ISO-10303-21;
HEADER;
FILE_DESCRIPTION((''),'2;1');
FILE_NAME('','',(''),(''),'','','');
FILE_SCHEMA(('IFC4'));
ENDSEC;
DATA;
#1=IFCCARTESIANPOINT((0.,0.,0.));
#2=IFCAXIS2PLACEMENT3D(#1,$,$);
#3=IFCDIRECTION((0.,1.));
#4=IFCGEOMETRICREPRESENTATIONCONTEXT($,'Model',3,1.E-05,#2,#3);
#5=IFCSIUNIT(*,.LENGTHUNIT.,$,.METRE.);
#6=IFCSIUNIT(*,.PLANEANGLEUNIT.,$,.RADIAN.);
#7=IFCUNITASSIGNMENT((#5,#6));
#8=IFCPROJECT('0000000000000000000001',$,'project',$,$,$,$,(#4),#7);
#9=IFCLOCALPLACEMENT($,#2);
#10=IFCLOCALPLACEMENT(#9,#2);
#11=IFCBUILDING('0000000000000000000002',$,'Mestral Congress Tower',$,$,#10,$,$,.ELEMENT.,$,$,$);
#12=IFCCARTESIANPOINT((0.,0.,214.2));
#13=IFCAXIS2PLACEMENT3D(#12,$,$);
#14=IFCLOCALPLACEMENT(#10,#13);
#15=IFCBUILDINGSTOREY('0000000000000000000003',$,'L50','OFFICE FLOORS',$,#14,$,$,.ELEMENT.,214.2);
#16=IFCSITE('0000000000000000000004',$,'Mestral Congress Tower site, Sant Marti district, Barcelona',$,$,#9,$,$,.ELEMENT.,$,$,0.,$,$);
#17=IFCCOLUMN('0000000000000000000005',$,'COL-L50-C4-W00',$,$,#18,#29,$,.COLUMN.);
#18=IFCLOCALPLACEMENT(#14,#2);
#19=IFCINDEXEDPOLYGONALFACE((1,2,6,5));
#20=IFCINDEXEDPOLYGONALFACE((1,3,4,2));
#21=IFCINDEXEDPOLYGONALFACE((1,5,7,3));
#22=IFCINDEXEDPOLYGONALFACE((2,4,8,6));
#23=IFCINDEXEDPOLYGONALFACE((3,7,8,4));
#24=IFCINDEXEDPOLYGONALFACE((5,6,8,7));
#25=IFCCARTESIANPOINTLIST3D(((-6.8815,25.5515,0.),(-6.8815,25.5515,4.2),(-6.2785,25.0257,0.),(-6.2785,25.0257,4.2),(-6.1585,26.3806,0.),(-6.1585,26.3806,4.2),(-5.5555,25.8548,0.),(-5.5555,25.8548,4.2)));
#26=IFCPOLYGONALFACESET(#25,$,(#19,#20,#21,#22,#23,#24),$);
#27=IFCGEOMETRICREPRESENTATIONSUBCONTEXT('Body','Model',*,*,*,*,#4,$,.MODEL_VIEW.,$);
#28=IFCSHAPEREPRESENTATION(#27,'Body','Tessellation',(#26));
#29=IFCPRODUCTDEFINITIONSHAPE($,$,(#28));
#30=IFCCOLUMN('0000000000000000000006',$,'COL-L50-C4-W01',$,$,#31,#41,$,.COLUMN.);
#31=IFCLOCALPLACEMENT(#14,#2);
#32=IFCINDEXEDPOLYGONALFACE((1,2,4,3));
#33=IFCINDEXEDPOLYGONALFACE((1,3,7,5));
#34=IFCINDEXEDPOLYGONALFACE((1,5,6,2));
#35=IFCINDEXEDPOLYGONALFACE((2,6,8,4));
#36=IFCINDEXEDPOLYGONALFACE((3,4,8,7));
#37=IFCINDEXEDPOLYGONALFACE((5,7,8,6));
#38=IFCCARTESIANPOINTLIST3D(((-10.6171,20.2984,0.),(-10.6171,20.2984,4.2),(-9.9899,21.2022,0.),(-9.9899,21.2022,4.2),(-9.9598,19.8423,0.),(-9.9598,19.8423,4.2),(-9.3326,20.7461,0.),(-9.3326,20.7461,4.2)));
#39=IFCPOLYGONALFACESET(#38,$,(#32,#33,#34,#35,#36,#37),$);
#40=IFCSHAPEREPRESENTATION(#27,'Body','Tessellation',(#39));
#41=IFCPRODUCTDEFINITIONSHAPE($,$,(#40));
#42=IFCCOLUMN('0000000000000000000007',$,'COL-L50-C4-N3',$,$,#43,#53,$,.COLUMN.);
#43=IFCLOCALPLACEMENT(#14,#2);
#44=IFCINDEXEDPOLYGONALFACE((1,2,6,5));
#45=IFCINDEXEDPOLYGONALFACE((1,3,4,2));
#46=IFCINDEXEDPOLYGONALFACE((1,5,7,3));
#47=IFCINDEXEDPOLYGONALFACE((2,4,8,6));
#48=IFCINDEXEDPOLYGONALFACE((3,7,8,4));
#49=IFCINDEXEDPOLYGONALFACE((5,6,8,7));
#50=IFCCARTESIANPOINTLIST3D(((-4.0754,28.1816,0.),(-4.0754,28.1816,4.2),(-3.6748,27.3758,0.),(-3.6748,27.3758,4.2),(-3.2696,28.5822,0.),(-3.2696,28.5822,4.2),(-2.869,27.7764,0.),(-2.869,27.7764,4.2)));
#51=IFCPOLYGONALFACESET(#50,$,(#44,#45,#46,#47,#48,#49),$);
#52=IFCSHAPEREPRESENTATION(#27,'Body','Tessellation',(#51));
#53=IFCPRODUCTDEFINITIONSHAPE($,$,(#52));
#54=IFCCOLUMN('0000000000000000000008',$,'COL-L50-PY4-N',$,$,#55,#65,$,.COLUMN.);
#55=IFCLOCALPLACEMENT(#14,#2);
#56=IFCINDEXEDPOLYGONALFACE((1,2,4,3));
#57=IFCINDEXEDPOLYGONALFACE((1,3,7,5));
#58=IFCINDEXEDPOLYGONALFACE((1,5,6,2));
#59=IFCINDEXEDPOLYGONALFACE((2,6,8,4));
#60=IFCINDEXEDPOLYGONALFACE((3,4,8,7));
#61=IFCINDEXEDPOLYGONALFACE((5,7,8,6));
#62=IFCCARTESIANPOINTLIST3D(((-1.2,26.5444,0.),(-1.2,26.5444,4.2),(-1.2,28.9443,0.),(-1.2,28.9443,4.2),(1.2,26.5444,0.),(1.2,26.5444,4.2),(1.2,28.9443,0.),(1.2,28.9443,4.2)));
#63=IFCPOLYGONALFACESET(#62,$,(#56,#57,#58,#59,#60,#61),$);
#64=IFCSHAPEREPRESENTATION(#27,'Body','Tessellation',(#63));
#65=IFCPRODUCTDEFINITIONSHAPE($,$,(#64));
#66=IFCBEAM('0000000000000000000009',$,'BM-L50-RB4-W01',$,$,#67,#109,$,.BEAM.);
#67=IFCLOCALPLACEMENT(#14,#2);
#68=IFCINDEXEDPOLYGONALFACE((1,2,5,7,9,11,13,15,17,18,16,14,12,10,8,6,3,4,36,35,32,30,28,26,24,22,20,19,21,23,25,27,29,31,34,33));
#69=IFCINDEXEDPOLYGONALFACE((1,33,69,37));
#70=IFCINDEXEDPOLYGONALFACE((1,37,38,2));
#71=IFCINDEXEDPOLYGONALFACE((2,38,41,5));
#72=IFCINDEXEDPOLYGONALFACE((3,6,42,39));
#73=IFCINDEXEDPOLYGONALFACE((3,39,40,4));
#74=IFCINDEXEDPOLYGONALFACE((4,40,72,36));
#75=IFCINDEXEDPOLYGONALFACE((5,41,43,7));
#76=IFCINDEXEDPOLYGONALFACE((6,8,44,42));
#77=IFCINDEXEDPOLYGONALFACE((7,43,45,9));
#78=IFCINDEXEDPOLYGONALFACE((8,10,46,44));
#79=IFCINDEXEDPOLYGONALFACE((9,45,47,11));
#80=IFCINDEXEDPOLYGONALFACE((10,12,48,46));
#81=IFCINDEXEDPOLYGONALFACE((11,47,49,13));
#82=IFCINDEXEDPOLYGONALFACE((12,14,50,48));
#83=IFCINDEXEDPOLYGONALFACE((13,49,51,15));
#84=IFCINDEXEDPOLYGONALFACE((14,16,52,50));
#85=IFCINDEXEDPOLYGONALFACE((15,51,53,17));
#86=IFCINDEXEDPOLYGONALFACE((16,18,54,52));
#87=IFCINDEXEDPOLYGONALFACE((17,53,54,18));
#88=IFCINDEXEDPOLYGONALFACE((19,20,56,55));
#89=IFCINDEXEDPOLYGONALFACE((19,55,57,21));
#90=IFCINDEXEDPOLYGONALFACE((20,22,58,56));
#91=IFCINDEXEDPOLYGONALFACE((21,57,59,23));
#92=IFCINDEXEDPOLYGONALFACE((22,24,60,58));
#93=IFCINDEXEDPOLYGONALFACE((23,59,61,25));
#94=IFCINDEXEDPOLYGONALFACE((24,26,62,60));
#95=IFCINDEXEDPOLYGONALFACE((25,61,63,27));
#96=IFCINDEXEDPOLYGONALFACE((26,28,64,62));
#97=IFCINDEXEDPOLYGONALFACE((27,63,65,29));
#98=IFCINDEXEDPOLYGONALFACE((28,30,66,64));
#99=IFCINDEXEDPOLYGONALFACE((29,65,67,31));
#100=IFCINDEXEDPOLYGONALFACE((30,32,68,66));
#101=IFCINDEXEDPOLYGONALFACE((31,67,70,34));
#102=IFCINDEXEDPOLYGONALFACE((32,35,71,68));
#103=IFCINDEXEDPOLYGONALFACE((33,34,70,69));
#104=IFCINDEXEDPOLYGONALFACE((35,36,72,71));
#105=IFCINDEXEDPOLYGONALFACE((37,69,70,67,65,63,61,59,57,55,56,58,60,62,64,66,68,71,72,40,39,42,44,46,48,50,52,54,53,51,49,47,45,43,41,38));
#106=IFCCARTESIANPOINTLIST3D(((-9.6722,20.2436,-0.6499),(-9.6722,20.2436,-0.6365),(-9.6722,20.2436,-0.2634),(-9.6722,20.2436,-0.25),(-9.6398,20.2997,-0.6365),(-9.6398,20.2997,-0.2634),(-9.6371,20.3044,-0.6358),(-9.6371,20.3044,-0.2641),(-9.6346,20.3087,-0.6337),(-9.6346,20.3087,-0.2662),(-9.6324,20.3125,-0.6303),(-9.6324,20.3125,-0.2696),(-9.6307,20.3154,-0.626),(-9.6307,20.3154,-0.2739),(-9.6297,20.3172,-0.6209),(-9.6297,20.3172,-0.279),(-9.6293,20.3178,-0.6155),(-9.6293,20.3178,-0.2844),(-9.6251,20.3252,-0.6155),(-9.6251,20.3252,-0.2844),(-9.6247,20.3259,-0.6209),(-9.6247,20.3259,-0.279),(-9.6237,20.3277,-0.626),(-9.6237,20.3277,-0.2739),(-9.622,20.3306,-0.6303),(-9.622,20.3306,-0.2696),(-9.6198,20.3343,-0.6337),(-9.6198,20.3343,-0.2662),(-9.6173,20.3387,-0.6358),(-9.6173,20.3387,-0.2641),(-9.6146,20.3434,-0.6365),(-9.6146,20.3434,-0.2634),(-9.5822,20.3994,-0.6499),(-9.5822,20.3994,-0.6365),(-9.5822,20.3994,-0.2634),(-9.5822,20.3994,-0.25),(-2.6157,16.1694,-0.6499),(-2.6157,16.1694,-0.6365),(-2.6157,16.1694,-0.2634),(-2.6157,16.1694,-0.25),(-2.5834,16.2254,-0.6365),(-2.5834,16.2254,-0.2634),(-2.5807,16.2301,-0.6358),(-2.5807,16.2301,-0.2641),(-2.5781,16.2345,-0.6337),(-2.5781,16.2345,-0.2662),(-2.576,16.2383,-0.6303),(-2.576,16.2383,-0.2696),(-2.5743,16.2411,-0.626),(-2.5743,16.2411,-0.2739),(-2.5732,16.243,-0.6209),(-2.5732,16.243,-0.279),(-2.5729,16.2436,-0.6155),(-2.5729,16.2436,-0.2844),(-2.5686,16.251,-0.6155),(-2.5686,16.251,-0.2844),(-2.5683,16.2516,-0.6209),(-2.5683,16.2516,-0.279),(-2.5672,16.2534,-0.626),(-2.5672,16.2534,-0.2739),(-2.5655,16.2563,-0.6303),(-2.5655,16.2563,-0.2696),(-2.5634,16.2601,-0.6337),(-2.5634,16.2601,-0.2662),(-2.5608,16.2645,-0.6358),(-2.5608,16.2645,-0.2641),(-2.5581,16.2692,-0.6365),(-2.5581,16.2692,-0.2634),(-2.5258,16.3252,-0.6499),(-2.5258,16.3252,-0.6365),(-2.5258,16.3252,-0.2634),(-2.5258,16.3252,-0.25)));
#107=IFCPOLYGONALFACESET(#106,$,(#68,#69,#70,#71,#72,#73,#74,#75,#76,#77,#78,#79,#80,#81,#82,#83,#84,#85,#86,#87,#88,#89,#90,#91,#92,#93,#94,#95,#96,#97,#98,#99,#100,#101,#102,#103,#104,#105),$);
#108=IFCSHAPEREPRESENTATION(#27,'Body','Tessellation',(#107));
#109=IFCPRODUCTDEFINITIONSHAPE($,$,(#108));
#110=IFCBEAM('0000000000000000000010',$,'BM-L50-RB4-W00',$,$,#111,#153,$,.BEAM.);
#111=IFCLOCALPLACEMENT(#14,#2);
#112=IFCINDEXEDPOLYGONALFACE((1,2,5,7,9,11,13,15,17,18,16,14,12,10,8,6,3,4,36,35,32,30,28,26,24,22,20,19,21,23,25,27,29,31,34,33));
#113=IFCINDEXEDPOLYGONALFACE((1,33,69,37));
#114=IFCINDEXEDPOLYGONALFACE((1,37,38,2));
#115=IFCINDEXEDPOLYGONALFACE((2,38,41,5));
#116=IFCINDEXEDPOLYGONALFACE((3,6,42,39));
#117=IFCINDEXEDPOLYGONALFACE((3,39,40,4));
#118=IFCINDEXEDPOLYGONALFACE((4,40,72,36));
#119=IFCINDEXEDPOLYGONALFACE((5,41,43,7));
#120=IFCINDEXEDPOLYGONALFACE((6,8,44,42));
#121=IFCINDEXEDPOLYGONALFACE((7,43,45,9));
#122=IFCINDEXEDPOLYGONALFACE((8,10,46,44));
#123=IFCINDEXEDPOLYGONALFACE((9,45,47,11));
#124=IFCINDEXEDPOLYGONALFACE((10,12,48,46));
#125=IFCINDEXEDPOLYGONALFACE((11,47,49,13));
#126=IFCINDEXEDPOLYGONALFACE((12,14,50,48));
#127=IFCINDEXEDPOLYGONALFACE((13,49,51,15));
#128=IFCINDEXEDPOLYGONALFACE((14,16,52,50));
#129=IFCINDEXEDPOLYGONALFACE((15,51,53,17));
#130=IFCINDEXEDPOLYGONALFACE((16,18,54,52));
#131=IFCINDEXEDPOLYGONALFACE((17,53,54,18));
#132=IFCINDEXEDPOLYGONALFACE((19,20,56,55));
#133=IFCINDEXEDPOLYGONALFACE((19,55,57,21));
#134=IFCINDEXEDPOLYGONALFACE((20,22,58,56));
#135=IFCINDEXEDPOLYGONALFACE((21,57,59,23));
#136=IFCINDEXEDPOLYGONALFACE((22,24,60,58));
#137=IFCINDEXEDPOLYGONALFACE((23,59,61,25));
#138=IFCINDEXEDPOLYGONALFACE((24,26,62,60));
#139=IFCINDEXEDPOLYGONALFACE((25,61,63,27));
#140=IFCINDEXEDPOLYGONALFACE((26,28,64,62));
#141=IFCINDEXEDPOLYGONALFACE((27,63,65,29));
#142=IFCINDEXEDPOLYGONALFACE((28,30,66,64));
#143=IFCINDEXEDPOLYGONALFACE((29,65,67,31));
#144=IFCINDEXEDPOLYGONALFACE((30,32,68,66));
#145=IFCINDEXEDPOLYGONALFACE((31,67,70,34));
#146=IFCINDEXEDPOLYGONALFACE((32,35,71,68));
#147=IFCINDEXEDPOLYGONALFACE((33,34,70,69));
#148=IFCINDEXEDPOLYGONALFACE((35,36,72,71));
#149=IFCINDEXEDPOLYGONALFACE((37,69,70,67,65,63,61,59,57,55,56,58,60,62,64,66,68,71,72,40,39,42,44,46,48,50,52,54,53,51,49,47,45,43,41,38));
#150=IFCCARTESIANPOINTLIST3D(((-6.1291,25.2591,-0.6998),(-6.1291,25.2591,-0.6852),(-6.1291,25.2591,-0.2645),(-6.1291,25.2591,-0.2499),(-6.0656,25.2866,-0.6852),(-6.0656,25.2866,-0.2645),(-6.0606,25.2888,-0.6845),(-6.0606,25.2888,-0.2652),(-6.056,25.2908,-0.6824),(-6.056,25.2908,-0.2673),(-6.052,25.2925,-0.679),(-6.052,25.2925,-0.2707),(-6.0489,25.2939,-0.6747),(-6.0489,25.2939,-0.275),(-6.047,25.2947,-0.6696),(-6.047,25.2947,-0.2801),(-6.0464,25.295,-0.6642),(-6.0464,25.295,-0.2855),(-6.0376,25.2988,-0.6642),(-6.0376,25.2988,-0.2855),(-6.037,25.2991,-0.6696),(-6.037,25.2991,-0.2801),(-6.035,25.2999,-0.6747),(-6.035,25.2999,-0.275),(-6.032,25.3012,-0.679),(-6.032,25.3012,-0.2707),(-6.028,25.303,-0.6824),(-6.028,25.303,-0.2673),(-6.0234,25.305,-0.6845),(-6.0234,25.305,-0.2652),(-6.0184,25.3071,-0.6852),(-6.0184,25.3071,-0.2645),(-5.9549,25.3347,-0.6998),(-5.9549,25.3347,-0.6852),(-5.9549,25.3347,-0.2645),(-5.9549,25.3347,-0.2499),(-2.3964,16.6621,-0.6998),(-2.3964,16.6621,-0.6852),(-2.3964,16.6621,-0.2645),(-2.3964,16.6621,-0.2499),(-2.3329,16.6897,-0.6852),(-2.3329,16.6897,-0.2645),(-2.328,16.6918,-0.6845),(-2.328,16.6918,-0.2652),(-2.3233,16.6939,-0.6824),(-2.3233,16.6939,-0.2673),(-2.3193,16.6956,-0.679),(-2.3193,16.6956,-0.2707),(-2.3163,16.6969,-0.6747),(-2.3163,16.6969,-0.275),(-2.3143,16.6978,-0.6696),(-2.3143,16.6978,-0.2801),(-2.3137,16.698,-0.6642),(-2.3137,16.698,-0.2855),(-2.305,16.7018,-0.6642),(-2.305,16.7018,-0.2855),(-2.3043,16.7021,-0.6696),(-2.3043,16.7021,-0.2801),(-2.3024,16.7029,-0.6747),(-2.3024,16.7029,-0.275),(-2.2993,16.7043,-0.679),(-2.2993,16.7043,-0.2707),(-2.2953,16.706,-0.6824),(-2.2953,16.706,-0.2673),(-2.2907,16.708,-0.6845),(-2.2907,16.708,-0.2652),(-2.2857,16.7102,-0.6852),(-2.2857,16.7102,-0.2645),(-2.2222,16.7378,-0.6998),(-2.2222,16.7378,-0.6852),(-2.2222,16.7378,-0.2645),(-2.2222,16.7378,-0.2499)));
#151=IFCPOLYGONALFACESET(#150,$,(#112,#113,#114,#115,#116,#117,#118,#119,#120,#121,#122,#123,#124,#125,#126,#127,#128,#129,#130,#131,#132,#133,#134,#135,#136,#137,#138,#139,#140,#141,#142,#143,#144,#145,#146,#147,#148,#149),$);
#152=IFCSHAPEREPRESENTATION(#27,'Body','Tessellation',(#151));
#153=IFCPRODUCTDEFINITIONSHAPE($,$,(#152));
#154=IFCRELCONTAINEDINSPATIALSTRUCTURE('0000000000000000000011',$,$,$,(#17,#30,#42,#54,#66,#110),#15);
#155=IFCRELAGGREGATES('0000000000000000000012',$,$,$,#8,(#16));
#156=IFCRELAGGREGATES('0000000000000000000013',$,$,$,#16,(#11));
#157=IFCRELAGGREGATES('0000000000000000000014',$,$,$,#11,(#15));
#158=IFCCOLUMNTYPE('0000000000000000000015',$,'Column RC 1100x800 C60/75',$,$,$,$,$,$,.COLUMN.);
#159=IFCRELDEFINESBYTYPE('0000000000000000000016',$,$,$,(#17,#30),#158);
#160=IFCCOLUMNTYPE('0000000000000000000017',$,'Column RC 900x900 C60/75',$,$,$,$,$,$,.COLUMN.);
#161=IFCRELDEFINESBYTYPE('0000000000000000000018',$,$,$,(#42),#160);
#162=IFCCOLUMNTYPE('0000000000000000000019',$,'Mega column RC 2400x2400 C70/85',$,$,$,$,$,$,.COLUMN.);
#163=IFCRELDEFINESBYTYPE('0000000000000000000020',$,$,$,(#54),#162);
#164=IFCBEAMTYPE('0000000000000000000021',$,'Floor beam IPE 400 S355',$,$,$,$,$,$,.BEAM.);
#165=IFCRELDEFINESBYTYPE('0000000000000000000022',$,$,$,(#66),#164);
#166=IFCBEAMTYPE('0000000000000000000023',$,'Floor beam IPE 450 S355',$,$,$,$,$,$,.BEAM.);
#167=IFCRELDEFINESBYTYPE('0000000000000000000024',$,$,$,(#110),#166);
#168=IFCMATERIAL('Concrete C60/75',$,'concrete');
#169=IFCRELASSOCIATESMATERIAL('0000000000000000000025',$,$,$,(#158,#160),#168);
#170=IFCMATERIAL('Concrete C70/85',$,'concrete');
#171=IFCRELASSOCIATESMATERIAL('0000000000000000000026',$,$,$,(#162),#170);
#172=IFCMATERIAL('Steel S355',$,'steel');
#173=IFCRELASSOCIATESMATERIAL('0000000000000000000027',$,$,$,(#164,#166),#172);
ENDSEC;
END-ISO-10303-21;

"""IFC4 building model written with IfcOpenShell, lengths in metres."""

from ifc_helpers import new_model, si_unit, direction, frame, origin, origin_2d, place, context, subcontext, project, spatial, rectangle, i_section, extrude, material, material_profile, profile_set, type_object, element, save


model = new_model("IFC4")

# Units and contexts
model_context = context("Model", 3, precision=1e-05, world=origin(), true_north=direction((0.0, 1.0)))
body_context = subcontext(model_context, "Body", "Model", "MODEL_VIEW")
ifc_project = project(units=[si_unit("LENGTHUNIT", "METRE"), si_unit("PLANEANGLEUNIT", "RADIAN")], contexts=[model_context])

# Site, building, storey
site_placement = place(None, origin())
site = spatial("IfcSite", under=ifc_project, at=site_placement, Name="Mestral Congress Tower site, Sant Marti district, Barcelona", CompositionType="ELEMENT", RefElevation=0.0)
building_placement = place(site_placement, origin())
building = spatial("IfcBuilding", under=site, at=building_placement, Name="Mestral Congress Tower", CompositionType="ELEMENT")
storey_placement = place(building_placement, frame((0.0, 0.0, 214.2)))
storey = spatial("IfcBuildingStorey", under=building, at=storey_placement, Name="L50", Description="OFFICE FLOORS", CompositionType="ELEMENT", Elevation=214.2)

# Columns
ifc_material_1 = material(Name="Concrete C60/75", Category="concrete")
ifc_material_profile_1 = material_profile(ifc_material_1, rectangle(XDim=1.1001, YDim=0.8, at=origin_2d()), Name="RC 1100x800")
ifc_profile_set_1 = profile_set([ifc_material_profile_1], Name="Concrete C60/75")
column_type_1 = type_object("IfcColumnType", Name="Column RC 1100x800 C60/75", PredefinedType="COLUMN", material=ifc_profile_set_1)
for number, where, z_axis, x_axis, name in (
    (1, (-6.2185, 25.7031, 0.0), (0.0, 0.0, 1.0), (-0.65725, -0.753672, 0.0), "COL-L50-C4-W00"),
    (2, (-9.9749, 20.5222, 0.0), (0.0, 0.0, 1.0), (-0.570084, -0.821586, 0.0), "COL-L50-C4-W01"),
):
    element("IfcColumn", number, at=place(storey_placement, frame(where, z_axis=z_axis, x_axis=x_axis)), inside=storey, type_object=column_type_1, Name=name, PredefinedType="COLUMN", context=body_context, shape_type="SweptSolid", body=[
        extrude(rectangle(XDim=1.1001, YDim=0.8, at=origin_2d()), origin(), (0.0, 0.0, 1.0), 4.2),
    ])
ifc_material_profile_2 = material_profile(ifc_material_1, rectangle(XDim=0.8999, YDim=0.8999, at=origin_2d()), Name="RC 900x900")
ifc_profile_set_2 = profile_set([ifc_material_profile_2], Name="Concrete C60/75")
column_type_2 = type_object("IfcColumnType", Name="Column RC 900x900 C60/75", PredefinedType="COLUMN", material=ifc_profile_set_2)
column_1_placement = place(storey_placement, frame((-3.4722, 27.979, 0.0), z_axis=(0.0, 0.0, 1.0), x_axis=(-0.895456, -0.445149, 0.0)))
element("IfcColumn", 3, at=column_1_placement, inside=storey, type_object=column_type_2, Name="COL-L50-C4-N3", PredefinedType="COLUMN", context=body_context, shape_type="SweptSolid", body=[
    extrude(rectangle(XDim=0.8999, YDim=0.8999, at=origin_2d()), origin(), (0.0, 0.0, 1.0), 4.2),
])
ifc_material_2 = material(Name="Concrete C70/85", Category="concrete")
ifc_material_profile_3 = material_profile(ifc_material_2, rectangle(XDim=2.3999, YDim=2.3999, at=origin_2d()), Name="RC 2400x2400")
ifc_profile_set_3 = profile_set([ifc_material_profile_3], Name="Concrete C70/85")
column_type_3 = type_object("IfcColumnType", Name="Mega column RC 2400x2400 C70/85", PredefinedType="COLUMN", material=ifc_profile_set_3)
column_2_placement = place(storey_placement, frame((0.0, 27.7444, 0.0), z_axis=(0.0, 0.0, 1.0), x_axis=(0.0, 1.0, 0.0)))
element("IfcColumn", 4, at=column_2_placement, inside=storey, type_object=column_type_3, Name="COL-L50-PY4-N", PredefinedType="COLUMN", context=body_context, shape_type="SweptSolid", body=[
    extrude(rectangle(XDim=2.3999, YDim=2.3999, at=origin_2d()), origin(), (0.0, 0.0, 1.0), 4.2),
])

# Beams
ifc_material_3 = material(Name="Steel S355", Category="steel")
ifc_material_profile_4 = material_profile(ifc_material_3, i_section(OverallWidth=0.1799, OverallDepth=0.3999, WebThickness=0.0085, FlangeThickness=0.0134, FilletRadius=0.021, at=origin_2d()), Name="IPE 400")
ifc_profile_set_4 = profile_set([ifc_material_profile_4], Name="Steel S355")
beam_type_1 = type_object("IfcBeamType", Name="Floor beam IPE 400 S355", PredefinedType="BEAM", material=ifc_profile_set_4)
beam_1_placement = place(storey_placement, frame((-9.6272, 20.3215, -0.45), z_axis=(0.866014, -0.500019, 0.0), x_axis=(0.500019, 0.866014, 0.0)))
element("IfcBeam", 5, at=beam_1_placement, inside=storey, type_object=beam_type_1, Name="BM-L50-RB4-W01", PredefinedType="BEAM", context=body_context, shape_type="SweptSolid", body=[
    extrude(i_section(OverallWidth=0.1799, OverallDepth=0.3999, WebThickness=0.0085, FlangeThickness=0.0134, FilletRadius=0.021, at=origin_2d()), origin(), (0.0, 0.0, 1.0), 8.1482),
])
ifc_material_profile_5 = material_profile(ifc_material_3, i_section(OverallWidth=0.1899, OverallDepth=0.45, WebThickness=0.0095, FlangeThickness=0.0146, FilletRadius=0.021, at=origin_2d()), Name="IPE 450")
ifc_profile_set_5 = profile_set([ifc_material_profile_5], Name="Steel S355")
beam_type_2 = type_object("IfcBeamType", Name="Floor beam IPE 450 S355", PredefinedType="BEAM", material=ifc_profile_set_5)
beam_2_placement = place(storey_placement, frame((-6.042, 25.2969, -0.4749), z_axis=(0.398266, -0.91727, 0.0), x_axis=(0.91727, 0.398266, 0.0)))
element("IfcBeam", 6, at=beam_2_placement, inside=storey, type_object=beam_type_2, Name="BM-L50-RB4-W00", PredefinedType="BEAM", context=body_context, shape_type="SweptSolid", body=[
    extrude(i_section(OverallWidth=0.1899, OverallDepth=0.45, WebThickness=0.0095, FlangeThickness=0.0146, FilletRadius=0.021, at=origin_2d()), origin(), (0.0, 0.0, 1.0), 9.3723),
])

save(model, "model.ifc")
